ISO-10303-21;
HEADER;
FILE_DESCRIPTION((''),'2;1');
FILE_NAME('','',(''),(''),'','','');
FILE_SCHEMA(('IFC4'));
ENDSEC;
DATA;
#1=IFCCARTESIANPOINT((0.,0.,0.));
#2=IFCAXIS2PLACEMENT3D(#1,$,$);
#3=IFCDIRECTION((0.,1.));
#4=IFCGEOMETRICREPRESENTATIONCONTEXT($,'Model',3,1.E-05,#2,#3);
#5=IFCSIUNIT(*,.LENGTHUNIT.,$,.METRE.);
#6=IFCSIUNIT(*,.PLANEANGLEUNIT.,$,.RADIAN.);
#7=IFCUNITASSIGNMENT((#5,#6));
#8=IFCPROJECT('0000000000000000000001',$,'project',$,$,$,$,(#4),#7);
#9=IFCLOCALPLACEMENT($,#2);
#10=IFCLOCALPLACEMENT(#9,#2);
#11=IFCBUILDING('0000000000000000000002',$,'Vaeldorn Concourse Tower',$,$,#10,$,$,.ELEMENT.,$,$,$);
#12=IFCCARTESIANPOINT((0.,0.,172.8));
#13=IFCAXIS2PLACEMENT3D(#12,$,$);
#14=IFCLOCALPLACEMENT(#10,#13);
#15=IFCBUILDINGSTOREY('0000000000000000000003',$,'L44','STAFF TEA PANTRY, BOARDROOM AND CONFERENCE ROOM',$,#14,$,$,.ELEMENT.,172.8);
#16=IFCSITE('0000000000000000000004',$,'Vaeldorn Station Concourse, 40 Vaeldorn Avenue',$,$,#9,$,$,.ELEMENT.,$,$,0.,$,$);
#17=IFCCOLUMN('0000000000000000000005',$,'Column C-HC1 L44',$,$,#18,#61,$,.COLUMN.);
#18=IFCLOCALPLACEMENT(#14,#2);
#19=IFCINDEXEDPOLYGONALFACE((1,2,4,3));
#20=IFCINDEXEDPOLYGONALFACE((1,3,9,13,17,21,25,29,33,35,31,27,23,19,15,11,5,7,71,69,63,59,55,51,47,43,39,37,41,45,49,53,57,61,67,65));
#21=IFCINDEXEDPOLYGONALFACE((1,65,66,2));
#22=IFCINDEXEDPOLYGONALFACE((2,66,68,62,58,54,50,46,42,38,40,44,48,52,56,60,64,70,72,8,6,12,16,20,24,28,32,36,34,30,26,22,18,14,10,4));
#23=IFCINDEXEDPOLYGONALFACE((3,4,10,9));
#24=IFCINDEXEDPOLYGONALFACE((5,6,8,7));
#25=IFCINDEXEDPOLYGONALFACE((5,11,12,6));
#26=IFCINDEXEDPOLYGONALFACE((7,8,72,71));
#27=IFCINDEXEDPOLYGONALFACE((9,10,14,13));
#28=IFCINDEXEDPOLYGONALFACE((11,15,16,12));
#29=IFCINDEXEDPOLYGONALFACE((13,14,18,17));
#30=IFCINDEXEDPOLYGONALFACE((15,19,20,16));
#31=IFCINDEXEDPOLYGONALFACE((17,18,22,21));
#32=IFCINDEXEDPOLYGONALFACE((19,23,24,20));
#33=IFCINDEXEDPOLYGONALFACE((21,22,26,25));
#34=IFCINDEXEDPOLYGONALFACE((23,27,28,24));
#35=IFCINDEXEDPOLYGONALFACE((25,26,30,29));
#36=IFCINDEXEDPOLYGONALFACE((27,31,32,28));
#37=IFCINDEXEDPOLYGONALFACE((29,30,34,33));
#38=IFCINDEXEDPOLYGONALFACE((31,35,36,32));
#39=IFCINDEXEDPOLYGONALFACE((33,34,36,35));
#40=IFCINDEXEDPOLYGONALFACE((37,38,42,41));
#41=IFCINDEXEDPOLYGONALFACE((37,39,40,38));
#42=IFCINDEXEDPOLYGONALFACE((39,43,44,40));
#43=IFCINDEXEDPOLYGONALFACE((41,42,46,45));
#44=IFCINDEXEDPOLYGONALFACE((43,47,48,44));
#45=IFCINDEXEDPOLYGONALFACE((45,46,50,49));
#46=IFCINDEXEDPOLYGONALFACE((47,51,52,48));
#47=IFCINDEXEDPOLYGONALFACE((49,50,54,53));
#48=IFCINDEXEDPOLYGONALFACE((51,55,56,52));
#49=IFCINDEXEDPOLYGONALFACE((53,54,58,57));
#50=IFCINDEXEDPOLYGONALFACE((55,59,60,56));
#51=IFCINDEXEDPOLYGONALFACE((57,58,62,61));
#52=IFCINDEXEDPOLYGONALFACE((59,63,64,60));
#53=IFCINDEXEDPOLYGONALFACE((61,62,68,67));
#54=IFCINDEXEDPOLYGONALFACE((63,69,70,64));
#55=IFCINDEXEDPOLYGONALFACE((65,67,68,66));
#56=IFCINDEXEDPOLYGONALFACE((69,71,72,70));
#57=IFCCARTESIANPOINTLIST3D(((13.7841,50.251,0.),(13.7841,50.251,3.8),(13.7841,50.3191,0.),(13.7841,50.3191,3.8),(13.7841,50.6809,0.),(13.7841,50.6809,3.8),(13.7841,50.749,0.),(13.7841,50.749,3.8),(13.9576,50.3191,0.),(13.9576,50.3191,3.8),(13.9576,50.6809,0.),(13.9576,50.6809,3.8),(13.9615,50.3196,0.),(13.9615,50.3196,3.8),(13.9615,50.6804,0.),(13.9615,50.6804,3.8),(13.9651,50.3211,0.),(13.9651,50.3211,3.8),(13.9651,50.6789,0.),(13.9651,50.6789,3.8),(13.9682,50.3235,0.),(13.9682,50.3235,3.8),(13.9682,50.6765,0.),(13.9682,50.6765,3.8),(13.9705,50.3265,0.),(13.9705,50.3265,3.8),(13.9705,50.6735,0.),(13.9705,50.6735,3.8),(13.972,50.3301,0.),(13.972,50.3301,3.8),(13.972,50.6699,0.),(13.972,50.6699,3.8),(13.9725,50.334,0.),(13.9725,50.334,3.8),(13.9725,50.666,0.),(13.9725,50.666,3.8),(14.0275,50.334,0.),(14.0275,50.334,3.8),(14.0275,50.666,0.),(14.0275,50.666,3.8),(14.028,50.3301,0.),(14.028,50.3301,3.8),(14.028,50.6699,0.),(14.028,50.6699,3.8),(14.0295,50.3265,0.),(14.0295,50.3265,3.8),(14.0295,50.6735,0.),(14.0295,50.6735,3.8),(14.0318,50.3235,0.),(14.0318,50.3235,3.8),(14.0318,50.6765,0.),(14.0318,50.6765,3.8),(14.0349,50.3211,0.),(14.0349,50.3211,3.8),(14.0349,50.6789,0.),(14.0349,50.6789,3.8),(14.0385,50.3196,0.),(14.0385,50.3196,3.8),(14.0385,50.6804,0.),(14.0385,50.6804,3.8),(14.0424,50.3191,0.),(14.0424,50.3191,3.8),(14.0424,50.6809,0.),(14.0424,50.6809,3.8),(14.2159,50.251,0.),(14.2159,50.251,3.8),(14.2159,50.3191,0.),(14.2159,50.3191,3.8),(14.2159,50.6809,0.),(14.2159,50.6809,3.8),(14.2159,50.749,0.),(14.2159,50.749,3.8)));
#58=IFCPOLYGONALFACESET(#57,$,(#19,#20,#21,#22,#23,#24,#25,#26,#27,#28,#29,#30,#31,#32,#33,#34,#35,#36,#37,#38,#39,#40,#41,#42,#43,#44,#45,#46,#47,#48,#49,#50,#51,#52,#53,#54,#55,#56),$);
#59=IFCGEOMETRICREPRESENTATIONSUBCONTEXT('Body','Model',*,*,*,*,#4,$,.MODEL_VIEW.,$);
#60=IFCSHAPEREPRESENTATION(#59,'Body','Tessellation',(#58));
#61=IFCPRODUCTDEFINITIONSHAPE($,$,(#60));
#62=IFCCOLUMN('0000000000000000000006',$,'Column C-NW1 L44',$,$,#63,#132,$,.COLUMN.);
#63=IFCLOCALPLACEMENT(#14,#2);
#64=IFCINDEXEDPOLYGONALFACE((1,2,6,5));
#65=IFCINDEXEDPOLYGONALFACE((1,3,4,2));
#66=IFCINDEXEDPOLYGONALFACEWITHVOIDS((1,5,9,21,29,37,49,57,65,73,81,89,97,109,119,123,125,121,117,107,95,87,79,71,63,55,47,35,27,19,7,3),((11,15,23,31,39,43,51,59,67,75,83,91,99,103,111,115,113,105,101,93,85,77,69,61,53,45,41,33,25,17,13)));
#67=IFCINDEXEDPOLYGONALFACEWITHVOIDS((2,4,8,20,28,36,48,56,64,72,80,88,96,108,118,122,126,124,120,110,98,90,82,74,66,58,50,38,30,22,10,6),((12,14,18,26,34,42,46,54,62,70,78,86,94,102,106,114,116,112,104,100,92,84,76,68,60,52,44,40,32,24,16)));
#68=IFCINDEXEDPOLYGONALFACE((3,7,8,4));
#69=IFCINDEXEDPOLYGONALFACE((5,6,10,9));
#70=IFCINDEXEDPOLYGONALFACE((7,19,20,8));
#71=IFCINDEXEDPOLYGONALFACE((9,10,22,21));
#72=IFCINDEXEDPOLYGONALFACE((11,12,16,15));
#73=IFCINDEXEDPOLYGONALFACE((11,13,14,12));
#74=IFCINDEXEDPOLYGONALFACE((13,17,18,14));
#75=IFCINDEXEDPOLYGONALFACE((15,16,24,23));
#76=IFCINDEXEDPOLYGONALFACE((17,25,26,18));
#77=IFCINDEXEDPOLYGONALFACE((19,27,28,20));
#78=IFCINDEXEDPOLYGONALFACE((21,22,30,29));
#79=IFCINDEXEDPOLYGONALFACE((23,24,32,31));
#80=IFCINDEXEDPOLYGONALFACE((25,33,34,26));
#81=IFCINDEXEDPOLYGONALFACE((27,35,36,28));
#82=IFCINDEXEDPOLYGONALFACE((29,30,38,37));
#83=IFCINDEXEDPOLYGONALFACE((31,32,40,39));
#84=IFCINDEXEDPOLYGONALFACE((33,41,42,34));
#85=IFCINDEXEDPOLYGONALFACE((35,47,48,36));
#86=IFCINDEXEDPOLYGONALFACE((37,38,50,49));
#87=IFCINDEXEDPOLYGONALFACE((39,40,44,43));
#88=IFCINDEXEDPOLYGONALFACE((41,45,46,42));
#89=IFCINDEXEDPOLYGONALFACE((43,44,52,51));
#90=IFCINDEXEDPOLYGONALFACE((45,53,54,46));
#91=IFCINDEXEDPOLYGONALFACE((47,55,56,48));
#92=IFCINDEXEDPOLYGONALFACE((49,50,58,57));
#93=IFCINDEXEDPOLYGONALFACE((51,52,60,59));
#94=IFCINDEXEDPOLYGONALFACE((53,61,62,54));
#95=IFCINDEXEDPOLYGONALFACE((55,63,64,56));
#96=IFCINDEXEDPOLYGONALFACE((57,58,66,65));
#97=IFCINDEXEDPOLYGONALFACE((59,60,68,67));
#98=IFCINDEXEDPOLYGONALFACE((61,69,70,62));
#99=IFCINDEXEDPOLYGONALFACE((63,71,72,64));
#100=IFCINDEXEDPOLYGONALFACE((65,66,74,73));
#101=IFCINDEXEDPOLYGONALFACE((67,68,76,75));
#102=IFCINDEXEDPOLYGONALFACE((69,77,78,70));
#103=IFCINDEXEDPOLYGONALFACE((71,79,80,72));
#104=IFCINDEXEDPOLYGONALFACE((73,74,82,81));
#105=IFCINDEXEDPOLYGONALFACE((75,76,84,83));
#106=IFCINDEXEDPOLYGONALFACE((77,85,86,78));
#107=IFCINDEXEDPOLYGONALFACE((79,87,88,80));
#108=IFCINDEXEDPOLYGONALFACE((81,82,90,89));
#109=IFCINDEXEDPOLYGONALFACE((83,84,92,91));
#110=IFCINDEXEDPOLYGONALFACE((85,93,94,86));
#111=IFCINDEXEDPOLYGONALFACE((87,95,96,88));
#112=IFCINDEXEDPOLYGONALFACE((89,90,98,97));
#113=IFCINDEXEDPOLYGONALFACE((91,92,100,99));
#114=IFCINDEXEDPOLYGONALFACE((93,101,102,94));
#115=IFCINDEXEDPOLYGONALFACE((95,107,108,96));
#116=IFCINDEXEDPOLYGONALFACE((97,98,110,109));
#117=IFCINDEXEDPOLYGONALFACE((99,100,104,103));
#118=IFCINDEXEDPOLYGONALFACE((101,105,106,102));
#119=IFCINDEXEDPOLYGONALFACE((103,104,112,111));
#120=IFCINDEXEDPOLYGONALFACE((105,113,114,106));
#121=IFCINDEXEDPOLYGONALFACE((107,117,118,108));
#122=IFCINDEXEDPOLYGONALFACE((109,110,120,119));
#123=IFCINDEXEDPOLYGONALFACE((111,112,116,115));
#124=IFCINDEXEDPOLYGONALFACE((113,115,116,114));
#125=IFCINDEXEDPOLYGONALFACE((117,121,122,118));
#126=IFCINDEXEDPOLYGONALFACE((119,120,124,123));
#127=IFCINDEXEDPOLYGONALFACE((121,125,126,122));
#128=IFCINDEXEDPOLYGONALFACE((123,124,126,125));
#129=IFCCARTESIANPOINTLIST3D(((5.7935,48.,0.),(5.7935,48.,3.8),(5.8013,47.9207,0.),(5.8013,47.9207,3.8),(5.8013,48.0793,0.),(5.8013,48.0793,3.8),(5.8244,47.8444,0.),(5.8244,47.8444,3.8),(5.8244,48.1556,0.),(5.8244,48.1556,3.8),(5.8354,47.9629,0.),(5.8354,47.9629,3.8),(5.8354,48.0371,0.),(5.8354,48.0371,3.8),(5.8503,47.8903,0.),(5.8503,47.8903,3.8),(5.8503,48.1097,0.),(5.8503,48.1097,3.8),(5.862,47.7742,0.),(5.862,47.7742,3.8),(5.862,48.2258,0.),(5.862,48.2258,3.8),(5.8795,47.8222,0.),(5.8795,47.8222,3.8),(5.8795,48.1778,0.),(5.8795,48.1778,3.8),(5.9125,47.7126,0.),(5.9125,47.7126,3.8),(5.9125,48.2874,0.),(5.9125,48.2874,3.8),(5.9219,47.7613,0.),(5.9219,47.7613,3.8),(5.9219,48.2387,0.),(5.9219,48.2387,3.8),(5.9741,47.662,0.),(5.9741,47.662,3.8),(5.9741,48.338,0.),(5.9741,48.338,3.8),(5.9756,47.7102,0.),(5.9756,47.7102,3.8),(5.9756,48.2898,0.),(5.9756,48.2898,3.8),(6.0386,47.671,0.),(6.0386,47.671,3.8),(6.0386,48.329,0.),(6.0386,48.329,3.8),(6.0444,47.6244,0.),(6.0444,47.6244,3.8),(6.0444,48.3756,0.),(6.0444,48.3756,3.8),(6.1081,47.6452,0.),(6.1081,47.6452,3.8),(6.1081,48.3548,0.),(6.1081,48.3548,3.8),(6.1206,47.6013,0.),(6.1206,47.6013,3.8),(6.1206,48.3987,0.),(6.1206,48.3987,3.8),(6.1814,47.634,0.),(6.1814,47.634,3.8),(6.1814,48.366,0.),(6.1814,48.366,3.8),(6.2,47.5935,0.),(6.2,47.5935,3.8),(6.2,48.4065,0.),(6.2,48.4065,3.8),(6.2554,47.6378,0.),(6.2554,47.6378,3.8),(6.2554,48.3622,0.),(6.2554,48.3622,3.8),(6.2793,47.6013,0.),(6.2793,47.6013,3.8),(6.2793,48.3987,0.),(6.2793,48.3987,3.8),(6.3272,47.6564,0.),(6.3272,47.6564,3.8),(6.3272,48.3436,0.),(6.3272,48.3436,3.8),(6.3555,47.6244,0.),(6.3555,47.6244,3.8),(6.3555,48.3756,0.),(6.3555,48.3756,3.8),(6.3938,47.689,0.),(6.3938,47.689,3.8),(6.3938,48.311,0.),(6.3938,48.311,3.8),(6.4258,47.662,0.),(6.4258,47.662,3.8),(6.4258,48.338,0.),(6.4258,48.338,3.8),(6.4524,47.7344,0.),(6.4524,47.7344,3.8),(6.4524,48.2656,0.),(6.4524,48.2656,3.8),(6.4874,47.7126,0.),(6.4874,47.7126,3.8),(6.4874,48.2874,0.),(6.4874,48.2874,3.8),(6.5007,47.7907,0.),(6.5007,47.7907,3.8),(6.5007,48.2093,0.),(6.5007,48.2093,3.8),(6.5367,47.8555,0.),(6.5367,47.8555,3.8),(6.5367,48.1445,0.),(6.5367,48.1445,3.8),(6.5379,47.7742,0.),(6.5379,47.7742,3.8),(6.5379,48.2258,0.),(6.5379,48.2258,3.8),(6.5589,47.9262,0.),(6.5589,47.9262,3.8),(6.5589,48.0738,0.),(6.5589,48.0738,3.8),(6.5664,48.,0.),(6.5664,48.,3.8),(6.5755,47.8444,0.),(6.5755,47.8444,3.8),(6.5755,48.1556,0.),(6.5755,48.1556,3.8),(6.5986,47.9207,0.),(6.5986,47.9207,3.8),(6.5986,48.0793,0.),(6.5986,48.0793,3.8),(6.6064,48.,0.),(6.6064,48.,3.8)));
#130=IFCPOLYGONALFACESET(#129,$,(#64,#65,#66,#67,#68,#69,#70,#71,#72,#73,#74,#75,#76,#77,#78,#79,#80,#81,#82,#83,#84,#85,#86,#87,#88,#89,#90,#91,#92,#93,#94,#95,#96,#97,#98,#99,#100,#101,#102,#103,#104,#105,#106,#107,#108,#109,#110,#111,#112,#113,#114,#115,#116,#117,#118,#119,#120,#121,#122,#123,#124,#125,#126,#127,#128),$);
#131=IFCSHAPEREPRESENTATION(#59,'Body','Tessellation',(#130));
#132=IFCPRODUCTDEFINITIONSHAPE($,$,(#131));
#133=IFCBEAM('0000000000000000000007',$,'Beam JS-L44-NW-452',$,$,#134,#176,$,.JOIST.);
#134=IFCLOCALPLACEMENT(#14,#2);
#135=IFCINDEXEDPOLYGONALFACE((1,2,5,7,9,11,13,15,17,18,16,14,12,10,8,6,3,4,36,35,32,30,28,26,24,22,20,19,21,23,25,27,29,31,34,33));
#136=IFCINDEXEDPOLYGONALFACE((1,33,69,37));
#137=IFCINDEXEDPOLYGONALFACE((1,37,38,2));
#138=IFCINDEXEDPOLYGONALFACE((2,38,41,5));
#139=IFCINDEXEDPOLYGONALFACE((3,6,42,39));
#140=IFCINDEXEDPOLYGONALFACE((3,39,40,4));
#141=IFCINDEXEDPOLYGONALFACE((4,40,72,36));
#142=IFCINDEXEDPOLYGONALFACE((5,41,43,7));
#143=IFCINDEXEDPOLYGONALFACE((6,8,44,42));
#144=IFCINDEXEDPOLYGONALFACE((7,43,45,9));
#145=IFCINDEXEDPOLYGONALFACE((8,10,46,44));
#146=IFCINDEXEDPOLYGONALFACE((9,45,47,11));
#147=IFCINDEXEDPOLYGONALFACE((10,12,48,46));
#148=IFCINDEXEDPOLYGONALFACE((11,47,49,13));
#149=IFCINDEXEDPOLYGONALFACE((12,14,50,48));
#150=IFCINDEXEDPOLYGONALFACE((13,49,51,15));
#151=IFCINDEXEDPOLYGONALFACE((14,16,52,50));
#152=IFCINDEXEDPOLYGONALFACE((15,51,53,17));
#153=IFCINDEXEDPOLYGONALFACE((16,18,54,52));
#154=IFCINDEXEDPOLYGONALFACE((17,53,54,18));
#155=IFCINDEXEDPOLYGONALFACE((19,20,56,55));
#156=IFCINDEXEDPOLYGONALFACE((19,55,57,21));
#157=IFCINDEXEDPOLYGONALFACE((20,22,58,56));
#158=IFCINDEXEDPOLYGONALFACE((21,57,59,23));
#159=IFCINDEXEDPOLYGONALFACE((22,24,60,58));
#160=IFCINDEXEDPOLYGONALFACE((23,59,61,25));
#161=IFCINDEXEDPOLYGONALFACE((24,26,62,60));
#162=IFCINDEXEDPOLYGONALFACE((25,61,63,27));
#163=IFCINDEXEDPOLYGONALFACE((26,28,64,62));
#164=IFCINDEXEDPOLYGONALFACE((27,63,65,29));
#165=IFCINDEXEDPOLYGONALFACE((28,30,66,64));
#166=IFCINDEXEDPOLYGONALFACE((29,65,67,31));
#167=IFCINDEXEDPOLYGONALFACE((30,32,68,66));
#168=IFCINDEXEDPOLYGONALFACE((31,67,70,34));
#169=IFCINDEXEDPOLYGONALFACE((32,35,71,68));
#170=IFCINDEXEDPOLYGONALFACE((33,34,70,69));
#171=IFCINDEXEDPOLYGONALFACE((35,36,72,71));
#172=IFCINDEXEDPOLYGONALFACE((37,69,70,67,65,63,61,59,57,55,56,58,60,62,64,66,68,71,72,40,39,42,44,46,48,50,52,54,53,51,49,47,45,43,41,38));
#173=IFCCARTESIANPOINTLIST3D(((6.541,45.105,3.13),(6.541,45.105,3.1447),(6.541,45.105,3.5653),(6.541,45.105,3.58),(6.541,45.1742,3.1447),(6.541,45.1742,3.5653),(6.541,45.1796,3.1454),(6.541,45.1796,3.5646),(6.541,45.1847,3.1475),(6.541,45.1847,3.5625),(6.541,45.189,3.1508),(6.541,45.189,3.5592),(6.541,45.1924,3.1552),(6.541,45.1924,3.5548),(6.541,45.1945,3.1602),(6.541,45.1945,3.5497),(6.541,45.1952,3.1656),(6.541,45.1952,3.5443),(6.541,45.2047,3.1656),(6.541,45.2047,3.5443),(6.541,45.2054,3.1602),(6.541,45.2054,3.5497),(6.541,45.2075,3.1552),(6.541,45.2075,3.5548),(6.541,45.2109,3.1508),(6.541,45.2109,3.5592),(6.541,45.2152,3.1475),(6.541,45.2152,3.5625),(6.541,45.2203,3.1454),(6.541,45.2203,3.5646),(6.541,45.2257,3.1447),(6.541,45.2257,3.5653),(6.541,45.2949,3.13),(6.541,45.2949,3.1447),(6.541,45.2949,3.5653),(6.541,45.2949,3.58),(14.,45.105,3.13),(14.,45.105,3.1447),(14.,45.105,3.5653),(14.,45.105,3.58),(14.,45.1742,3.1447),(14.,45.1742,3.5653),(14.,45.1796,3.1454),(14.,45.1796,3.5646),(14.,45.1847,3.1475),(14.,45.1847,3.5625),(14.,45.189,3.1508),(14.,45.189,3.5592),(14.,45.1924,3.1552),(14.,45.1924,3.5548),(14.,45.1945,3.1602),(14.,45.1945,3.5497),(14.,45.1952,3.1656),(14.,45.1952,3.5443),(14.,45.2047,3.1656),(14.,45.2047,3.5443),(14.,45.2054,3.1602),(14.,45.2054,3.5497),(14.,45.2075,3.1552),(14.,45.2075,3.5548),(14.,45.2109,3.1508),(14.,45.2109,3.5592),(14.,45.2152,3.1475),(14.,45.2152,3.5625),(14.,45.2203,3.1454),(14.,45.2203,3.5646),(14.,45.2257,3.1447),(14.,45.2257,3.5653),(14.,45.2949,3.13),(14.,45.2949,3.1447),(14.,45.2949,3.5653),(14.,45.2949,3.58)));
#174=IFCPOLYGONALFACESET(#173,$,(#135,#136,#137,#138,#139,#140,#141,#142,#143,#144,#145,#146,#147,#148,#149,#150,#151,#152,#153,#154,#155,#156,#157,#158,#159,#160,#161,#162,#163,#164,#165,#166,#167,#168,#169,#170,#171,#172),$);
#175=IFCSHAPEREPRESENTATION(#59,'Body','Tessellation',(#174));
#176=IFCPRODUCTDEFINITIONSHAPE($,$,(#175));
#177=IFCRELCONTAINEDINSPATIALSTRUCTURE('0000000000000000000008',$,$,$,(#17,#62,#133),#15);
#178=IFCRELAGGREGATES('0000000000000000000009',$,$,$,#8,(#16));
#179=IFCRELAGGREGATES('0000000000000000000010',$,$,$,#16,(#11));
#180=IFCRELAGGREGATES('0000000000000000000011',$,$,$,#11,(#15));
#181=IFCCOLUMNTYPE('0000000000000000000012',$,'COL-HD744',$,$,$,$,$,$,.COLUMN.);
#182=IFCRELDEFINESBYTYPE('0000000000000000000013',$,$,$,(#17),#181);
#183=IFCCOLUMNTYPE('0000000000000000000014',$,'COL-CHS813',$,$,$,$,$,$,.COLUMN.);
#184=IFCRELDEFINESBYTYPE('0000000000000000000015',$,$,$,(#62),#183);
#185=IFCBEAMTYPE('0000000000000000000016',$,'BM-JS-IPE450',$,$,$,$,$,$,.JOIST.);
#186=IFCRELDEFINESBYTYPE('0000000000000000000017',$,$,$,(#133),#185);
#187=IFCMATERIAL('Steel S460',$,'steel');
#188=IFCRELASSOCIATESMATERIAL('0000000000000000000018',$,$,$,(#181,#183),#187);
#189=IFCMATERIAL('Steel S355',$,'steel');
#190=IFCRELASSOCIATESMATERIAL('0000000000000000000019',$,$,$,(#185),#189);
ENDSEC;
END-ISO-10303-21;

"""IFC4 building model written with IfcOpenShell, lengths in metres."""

from ifc_helpers import new_model, si_unit, direction, frame, origin, origin_2d, place, context, subcontext, project, spatial, hollow_circle, i_section, extrude, source, transform, mapped, material, material_profile, profile_set, type_object, element, save


model = new_model("IFC4")

# Units and contexts
model_context = context("Model", 3, precision=1e-05, world=origin(), true_north=direction((0.0, 1.0)))
body_context = subcontext(model_context, "Body", "Model", "MODEL_VIEW")
ifc_project = project(units=[si_unit("LENGTHUNIT", "METRE"), si_unit("PLANEANGLEUNIT", "RADIAN")], contexts=[model_context])

# Site, building, storey
site_placement = place(None, origin())
site = spatial("IfcSite", under=ifc_project, at=site_placement, Name="Vaeldorn Station Concourse, 40 Vaeldorn Avenue", CompositionType="ELEMENT", RefElevation=0.0)
building_placement = place(site_placement, origin())
building = spatial("IfcBuilding", under=site, at=building_placement, Name="Vaeldorn Concourse Tower", CompositionType="ELEMENT")
storey_placement = place(building_placement, frame((0.0, 0.0, 172.8)))
storey = spatial("IfcBuildingStorey", under=building, at=storey_placement, Name="L44", Description="STAFF TEA PANTRY, BOARDROOM AND CONFERENCE ROOM", CompositionType="ELEMENT", Elevation=172.8)

# Columns
ifc_material_1 = material(Name="Steel S460", Category="steel")
ifc_material_profile_1 = material_profile(ifc_material_1, i_section(OverallWidth=0.4319, OverallDepth=0.498, WebThickness=0.0549, FlangeThickness=0.0681, FilletRadius=0.0149, at=origin_2d()), Name="HD 400x744")
ifc_profile_set_1 = profile_set([ifc_material_profile_1], Name="Steel S460")
column_type_1 = type_object("IfcColumnType", Name="COL-HD744", PredefinedType="COLUMN", material=ifc_profile_set_1)
shared_shape_1 = source(origin(), body_context, "Body", "SweptSolid", [
    extrude(i_section(OverallWidth=0.4319, OverallDepth=0.498, WebThickness=0.0549, FlangeThickness=0.0681, FilletRadius=0.0149, at=origin_2d()), origin(), (0.0, 0.0, 1.0), 3.8),
])
column_1_placement = place(storey_placement, frame((14.0, 50.5, 0.0), z_axis=(0.0, 0.0, 1.0), x_axis=(1.0, 0.0, 0.0)))
element("IfcColumn", 1, at=column_1_placement, inside=storey, type_object=column_type_1, Name="Column C-HC1 L44", PredefinedType="COLUMN", context=body_context, shape_type="MappedRepresentation", body=[
    mapped(shared_shape_1, transform((0.0, 0.0, 0.0), scale=1.0)),
])
ifc_material_profile_2 = material_profile(ifc_material_1, hollow_circle(Radius=0.4065, WallThickness=0.04, at=origin_2d()), Name="CHS 813x40")
ifc_profile_set_2 = profile_set([ifc_material_profile_2], Name="Steel S460")
column_type_2 = type_object("IfcColumnType", Name="COL-CHS813", PredefinedType="COLUMN", material=ifc_profile_set_2)
shared_shape_2 = source(origin(), body_context, "Body", "SweptSolid", [
    extrude(hollow_circle(Radius=0.4065, WallThickness=0.04, at=origin_2d()), origin(), (0.0, 0.0, 1.0), 3.8),
])
column_2_placement = place(storey_placement, frame((6.2, 48.0, 0.0), z_axis=(0.0, 0.0, 1.0), x_axis=(1.0, 0.0, 0.0)))
element("IfcColumn", 2, at=column_2_placement, inside=storey, type_object=column_type_2, Name="Column C-NW1 L44", PredefinedType="COLUMN", context=body_context, shape_type="MappedRepresentation", body=[
    mapped(shared_shape_2, transform((0.0, 0.0, 0.0), scale=1.0)),
])

# Beam
ifc_material_2 = material(Name="Steel S355", Category="steel")
ifc_material_profile_3 = material_profile(ifc_material_2, i_section(OverallWidth=0.1899, OverallDepth=0.45, WebThickness=0.0095, FlangeThickness=0.0146, FilletRadius=0.021, at=origin_2d()), Name="IPE 450")
ifc_profile_set_3 = profile_set([ifc_material_profile_3], Name="Steel S355")
beam_type_1 = type_object("IfcBeamType", Name="BM-JS-IPE450", PredefinedType="JOIST", material=ifc_profile_set_3)
shared_shape_3 = source(origin(), body_context, "Body", "SweptSolid", [
    extrude(i_section(OverallWidth=0.1899, OverallDepth=0.45, WebThickness=0.0095, FlangeThickness=0.0146, FilletRadius=0.021, at=origin_2d()), origin(), (0.0, 0.0, 1.0), 7.459),
])
beam_1_placement = place(storey_placement, frame((6.541, 45.2, 3.355), z_axis=(1.0, 0.0, 0.0), x_axis=(0.0, 1.0, 0.0)))
element("IfcBeam", 3, at=beam_1_placement, inside=storey, type_object=beam_type_1, Name="Beam JS-L44-NW-452", PredefinedType="JOIST", context=body_context, shape_type="MappedRepresentation", body=[
    mapped(shared_shape_3, transform((0.0, 0.0, 0.0), scale=1.0)),
])

save(model, "model.ifc")
